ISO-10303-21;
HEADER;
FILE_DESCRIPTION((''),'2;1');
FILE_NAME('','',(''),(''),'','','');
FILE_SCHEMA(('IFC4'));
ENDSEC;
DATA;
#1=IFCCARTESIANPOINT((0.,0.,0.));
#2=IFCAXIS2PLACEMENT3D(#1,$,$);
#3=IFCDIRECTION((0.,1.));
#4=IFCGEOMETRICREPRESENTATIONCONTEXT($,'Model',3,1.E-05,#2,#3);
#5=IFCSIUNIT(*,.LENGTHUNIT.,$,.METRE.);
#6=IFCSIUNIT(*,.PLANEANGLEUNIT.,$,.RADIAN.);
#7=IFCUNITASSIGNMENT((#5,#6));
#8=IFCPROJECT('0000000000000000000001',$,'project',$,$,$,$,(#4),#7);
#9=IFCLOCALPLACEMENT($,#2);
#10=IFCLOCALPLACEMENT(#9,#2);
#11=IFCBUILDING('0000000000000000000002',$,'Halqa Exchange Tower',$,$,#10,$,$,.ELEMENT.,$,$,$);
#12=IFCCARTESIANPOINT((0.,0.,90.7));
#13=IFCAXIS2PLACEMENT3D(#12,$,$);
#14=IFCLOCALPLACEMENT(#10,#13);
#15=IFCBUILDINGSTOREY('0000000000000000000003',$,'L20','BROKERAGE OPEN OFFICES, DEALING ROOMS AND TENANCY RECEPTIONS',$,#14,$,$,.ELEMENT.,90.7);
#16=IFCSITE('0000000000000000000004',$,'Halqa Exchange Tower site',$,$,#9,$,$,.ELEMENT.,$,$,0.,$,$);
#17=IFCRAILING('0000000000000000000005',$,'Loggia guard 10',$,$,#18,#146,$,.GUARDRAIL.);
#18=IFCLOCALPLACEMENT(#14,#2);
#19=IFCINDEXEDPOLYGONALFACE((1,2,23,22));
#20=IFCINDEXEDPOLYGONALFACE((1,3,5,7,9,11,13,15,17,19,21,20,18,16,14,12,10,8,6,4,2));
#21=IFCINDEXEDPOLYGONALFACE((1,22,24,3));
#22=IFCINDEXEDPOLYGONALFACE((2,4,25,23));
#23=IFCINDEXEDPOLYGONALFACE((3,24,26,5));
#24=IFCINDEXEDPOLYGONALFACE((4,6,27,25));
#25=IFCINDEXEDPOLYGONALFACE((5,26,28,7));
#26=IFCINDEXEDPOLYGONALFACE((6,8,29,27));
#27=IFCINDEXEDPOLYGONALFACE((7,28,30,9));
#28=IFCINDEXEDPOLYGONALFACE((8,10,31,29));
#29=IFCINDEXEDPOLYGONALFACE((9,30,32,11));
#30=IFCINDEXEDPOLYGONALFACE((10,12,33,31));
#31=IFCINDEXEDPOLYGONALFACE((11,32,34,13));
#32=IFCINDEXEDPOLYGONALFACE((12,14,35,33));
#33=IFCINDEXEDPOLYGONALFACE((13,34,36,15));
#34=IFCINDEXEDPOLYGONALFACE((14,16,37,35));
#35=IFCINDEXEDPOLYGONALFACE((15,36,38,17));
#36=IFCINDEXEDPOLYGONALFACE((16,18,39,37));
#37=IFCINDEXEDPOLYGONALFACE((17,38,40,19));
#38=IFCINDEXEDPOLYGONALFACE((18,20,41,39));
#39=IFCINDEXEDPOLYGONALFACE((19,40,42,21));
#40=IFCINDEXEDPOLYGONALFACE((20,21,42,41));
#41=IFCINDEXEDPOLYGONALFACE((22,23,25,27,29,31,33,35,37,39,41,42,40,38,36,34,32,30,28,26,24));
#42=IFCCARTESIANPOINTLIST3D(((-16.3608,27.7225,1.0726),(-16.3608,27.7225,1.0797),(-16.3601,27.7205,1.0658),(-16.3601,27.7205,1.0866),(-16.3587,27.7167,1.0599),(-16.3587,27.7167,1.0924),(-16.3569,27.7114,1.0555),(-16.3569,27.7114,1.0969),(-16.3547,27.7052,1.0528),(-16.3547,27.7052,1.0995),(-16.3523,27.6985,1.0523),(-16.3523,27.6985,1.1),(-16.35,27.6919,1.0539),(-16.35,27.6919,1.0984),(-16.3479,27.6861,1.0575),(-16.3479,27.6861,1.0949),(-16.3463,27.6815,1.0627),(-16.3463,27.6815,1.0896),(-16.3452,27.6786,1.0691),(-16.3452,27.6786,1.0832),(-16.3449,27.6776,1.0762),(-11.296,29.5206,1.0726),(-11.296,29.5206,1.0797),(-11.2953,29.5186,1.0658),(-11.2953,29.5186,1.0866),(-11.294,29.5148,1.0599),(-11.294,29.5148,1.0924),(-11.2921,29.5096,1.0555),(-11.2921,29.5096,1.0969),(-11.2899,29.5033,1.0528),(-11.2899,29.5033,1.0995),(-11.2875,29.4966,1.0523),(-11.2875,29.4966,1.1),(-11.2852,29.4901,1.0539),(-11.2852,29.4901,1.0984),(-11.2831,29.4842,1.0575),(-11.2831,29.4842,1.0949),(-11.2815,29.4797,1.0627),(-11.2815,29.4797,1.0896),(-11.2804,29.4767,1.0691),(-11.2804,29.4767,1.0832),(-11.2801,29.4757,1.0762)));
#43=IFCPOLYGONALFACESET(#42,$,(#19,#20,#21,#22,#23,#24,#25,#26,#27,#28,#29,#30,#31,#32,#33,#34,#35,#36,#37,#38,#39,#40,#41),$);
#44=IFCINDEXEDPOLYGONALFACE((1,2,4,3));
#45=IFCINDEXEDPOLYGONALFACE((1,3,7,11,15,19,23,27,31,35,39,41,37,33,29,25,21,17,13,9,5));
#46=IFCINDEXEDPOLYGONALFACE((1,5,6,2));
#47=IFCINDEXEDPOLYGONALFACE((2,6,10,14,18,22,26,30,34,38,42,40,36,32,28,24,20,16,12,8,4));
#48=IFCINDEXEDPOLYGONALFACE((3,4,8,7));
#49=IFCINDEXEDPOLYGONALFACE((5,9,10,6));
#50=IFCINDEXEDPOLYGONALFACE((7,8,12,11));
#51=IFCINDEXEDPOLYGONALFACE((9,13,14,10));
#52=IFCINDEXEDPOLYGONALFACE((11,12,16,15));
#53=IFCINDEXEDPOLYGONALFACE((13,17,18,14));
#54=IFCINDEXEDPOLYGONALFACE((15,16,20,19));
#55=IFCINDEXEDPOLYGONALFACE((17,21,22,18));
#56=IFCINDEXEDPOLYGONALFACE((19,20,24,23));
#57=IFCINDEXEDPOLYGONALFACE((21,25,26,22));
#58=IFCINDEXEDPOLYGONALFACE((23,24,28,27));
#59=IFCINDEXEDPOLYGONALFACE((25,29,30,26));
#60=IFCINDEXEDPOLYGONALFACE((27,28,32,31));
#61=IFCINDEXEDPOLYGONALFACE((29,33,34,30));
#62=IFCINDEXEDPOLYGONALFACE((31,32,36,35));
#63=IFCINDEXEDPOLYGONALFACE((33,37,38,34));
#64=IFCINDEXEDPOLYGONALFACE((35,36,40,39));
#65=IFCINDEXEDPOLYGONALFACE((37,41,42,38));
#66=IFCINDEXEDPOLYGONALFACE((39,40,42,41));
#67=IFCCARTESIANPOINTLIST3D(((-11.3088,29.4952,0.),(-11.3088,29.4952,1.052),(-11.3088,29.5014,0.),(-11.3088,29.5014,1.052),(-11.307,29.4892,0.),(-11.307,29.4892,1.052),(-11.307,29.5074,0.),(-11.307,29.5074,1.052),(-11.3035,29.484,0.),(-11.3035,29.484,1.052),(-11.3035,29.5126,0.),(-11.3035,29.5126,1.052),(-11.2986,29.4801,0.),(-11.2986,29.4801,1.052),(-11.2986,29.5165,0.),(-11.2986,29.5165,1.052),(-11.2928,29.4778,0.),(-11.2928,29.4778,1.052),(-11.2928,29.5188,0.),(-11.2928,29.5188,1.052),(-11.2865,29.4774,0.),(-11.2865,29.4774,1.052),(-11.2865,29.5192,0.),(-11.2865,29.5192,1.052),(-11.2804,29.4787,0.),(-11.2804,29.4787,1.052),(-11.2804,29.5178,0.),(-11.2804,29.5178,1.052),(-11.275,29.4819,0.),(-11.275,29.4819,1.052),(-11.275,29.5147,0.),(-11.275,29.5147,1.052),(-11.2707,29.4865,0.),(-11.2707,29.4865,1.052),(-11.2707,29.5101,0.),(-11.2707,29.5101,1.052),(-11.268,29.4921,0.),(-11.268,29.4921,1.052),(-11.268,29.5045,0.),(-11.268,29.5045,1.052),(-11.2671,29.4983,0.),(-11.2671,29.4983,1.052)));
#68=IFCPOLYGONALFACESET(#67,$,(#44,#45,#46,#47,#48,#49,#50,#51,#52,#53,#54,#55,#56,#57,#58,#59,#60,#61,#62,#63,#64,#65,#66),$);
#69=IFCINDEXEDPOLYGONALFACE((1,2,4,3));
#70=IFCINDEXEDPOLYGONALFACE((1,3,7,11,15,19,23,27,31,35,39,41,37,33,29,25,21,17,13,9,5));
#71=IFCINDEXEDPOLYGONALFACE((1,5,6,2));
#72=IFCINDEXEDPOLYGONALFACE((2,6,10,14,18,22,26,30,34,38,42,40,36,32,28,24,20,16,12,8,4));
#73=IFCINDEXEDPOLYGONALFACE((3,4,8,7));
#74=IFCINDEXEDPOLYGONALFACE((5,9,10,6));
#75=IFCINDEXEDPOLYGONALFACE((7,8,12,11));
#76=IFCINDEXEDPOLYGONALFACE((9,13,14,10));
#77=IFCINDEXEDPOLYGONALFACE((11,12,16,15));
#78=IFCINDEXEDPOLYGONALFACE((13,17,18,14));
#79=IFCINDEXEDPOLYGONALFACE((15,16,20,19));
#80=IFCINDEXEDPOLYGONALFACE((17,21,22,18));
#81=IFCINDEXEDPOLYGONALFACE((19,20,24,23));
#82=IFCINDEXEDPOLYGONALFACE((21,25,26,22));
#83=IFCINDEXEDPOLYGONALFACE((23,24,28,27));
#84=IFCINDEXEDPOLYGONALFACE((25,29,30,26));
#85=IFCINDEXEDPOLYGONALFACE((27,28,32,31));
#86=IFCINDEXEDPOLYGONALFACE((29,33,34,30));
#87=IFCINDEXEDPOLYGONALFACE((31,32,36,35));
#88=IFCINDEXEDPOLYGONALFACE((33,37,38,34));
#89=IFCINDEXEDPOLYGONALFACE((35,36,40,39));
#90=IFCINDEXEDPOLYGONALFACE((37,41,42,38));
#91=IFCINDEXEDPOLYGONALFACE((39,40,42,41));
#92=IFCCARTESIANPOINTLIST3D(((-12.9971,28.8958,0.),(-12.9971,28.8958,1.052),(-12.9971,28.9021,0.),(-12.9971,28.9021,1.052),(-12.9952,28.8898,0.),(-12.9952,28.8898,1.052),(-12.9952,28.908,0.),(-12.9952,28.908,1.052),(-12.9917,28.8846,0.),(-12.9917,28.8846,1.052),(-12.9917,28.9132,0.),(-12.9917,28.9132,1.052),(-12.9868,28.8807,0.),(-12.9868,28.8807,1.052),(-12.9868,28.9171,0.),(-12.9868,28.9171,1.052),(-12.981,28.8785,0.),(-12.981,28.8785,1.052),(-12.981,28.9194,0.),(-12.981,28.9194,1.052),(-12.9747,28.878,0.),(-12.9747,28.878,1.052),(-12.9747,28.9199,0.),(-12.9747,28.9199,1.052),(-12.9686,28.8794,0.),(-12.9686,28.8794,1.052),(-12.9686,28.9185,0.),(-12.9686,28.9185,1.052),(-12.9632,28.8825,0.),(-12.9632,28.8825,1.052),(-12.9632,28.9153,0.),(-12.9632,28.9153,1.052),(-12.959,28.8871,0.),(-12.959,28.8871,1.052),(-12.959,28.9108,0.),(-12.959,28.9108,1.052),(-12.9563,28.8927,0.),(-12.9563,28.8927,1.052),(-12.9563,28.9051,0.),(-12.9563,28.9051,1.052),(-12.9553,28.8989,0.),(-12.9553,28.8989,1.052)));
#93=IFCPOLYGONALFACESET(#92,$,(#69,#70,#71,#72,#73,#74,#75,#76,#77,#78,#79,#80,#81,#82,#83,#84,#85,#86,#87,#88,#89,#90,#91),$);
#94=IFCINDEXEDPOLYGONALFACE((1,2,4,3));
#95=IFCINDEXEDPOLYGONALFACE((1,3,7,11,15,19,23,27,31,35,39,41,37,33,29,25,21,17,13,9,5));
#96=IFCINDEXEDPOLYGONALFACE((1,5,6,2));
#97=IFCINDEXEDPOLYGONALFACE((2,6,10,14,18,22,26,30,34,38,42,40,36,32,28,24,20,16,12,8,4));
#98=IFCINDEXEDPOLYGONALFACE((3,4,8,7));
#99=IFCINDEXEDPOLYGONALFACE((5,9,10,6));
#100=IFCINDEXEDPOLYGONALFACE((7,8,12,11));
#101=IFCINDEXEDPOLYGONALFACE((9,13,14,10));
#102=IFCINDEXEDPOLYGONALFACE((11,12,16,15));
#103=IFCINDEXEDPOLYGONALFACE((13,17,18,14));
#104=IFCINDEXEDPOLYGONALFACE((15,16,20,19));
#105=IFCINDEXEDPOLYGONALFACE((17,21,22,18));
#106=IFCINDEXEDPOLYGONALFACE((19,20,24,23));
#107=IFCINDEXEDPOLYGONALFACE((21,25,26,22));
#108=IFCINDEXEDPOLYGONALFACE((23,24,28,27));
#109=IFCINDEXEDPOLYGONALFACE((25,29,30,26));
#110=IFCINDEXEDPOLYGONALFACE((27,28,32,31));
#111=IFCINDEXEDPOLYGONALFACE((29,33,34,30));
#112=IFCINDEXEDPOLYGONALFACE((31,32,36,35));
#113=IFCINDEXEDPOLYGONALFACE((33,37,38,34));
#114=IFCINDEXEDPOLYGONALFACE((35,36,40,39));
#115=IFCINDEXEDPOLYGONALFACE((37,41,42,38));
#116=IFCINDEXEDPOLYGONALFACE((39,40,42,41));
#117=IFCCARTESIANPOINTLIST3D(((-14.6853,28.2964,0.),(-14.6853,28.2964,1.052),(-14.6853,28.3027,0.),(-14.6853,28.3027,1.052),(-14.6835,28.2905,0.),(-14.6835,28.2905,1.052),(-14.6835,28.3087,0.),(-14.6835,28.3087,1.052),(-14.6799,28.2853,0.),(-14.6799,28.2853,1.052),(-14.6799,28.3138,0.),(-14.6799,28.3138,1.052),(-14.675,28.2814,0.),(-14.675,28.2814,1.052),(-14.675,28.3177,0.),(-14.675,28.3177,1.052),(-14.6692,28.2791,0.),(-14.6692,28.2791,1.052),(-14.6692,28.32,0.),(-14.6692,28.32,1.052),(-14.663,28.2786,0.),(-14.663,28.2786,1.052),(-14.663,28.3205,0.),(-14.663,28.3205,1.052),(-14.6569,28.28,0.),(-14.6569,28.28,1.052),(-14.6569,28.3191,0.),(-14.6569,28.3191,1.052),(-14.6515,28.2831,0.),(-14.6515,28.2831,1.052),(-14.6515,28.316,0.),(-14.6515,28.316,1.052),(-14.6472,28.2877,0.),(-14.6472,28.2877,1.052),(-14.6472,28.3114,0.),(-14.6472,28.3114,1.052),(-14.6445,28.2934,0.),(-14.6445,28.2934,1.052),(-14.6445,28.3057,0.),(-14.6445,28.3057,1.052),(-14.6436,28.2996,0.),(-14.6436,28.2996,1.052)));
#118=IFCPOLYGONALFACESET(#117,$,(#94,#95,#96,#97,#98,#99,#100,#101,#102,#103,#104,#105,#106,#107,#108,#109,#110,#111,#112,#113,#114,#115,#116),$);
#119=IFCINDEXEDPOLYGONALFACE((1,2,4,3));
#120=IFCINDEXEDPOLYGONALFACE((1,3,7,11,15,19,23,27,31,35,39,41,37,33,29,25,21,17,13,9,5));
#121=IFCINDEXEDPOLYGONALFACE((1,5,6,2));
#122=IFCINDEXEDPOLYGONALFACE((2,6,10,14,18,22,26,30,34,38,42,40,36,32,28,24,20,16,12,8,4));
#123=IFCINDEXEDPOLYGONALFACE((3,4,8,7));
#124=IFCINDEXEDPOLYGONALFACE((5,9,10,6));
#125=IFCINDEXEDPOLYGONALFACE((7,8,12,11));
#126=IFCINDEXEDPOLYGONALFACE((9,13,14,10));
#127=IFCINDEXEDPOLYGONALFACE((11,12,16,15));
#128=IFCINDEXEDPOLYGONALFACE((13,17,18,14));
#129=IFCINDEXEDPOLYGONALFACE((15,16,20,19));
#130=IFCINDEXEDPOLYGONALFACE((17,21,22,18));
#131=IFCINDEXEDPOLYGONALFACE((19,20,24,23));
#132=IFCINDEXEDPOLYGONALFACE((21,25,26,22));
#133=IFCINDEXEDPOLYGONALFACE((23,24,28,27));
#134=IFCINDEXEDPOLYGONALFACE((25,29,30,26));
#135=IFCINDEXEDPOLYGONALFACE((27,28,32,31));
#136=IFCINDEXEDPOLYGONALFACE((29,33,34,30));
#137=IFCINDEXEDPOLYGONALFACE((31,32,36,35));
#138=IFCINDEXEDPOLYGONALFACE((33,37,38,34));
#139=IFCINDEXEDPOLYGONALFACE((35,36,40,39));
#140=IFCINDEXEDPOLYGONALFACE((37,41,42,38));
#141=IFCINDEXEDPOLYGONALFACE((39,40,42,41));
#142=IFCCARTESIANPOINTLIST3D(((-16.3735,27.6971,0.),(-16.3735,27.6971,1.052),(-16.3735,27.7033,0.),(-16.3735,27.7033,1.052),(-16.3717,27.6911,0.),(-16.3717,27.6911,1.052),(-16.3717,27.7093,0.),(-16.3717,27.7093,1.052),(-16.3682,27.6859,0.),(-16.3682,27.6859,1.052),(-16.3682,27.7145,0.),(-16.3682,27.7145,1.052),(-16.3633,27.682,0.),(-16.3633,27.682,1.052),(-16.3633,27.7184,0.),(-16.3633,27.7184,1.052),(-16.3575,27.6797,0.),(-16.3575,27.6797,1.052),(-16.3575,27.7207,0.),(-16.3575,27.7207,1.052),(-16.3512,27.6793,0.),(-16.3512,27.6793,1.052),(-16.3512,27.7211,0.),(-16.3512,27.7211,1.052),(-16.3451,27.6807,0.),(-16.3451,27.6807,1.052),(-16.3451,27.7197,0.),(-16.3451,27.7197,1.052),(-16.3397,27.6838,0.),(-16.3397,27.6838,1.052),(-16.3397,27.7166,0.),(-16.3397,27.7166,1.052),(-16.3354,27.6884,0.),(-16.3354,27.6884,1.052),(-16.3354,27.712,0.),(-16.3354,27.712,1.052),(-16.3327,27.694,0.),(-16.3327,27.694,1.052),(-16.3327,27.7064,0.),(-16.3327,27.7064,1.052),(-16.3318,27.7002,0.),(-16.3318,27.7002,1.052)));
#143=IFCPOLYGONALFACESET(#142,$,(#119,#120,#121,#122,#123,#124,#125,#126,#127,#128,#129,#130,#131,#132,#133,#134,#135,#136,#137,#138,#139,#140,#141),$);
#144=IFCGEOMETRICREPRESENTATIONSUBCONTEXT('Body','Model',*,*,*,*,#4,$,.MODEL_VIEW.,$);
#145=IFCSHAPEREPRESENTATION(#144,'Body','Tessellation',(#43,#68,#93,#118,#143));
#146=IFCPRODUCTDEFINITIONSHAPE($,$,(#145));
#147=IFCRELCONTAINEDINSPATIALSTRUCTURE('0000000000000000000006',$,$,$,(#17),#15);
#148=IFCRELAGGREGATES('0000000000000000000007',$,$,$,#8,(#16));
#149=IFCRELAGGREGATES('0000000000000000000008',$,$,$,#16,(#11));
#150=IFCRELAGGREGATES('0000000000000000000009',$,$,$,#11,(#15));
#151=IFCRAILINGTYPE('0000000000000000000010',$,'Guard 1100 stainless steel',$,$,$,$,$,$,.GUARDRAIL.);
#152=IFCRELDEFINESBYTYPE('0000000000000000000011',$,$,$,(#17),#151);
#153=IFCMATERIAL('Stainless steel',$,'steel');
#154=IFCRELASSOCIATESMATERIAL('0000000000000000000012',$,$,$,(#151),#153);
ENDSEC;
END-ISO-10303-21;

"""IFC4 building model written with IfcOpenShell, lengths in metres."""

from ifc_helpers import new_model, si_unit, direction, frame, origin, origin_2d, place, context, subcontext, project, spatial, circle, extrude, material, type_object, element, save


model = new_model("IFC4")

# Units and contexts
model_context = context("Model", 3, precision=1e-05, world=origin(), true_north=direction((0.0, 1.0)))
body_context = subcontext(model_context, "Body", "Model", "MODEL_VIEW")
ifc_project = project(units=[si_unit("LENGTHUNIT", "METRE"), si_unit("PLANEANGLEUNIT", "RADIAN")], contexts=[model_context])

# Site, building, storey
site_placement = place(None, origin())
site = spatial("IfcSite", under=ifc_project, at=site_placement, Name="Halqa Exchange Tower site", CompositionType="ELEMENT", RefElevation=0.0)
building_placement = place(site_placement, origin())
building = spatial("IfcBuilding", under=site, at=building_placement, Name="Halqa Exchange Tower", CompositionType="ELEMENT")
storey_placement = place(building_placement, frame((0.0, 0.0, 90.7)))
storey = spatial("IfcBuildingStorey", under=building, at=storey_placement, Name="L20", Description="BROKERAGE OPEN OFFICES, DEALING ROOMS AND TENANCY RECEPTIONS", CompositionType="ELEMENT", Elevation=90.7)

# Railing
ifc_material_1 = material(Name="Stainless steel", Category="steel")
railing_type_1 = type_object("IfcRailingType", Name="Guard 1100 stainless steel", PredefinedType="GUARDRAIL", material=ifc_material_1)
railing_1_placement = place(storey_placement, frame((-11.2881, 29.4983, 0.0)))
element("IfcRailing", 1, at=railing_1_placement, inside=storey, type_object=railing_type_1, Name="Loggia guard 10", PredefinedType="GUARDRAIL", context=body_context, shape_type="SweptSolid", body=[
    extrude(circle(Radius=0.0239, at=origin_2d()), frame((0.0, 0.0, 1.0762), z_axis=(-0.942372, -0.334566, 0.0), x_axis=(0.334566, -0.942372, 0.0)), (0.0, 0.0, 1.0), 5.3745),
    extrude(circle(Radius=0.021, at=origin_2d()), origin(), (0.0, 0.0, 1.0), 1.052),
    extrude(circle(Radius=0.021, at=origin_2d()), frame((-1.6882, -0.5994, 0.0)), (0.0, 0.0, 1.0), 1.052),
    extrude(circle(Radius=0.021, at=origin_2d()), frame((-3.3765, -1.1987, 0.0)), (0.0, 0.0, 1.0), 1.052),
    extrude(circle(Radius=0.021, at=origin_2d()), frame((-5.0647, -1.7981, 0.0)), (0.0, 0.0, 1.0), 1.052),
])

save(model, "model.ifc")
